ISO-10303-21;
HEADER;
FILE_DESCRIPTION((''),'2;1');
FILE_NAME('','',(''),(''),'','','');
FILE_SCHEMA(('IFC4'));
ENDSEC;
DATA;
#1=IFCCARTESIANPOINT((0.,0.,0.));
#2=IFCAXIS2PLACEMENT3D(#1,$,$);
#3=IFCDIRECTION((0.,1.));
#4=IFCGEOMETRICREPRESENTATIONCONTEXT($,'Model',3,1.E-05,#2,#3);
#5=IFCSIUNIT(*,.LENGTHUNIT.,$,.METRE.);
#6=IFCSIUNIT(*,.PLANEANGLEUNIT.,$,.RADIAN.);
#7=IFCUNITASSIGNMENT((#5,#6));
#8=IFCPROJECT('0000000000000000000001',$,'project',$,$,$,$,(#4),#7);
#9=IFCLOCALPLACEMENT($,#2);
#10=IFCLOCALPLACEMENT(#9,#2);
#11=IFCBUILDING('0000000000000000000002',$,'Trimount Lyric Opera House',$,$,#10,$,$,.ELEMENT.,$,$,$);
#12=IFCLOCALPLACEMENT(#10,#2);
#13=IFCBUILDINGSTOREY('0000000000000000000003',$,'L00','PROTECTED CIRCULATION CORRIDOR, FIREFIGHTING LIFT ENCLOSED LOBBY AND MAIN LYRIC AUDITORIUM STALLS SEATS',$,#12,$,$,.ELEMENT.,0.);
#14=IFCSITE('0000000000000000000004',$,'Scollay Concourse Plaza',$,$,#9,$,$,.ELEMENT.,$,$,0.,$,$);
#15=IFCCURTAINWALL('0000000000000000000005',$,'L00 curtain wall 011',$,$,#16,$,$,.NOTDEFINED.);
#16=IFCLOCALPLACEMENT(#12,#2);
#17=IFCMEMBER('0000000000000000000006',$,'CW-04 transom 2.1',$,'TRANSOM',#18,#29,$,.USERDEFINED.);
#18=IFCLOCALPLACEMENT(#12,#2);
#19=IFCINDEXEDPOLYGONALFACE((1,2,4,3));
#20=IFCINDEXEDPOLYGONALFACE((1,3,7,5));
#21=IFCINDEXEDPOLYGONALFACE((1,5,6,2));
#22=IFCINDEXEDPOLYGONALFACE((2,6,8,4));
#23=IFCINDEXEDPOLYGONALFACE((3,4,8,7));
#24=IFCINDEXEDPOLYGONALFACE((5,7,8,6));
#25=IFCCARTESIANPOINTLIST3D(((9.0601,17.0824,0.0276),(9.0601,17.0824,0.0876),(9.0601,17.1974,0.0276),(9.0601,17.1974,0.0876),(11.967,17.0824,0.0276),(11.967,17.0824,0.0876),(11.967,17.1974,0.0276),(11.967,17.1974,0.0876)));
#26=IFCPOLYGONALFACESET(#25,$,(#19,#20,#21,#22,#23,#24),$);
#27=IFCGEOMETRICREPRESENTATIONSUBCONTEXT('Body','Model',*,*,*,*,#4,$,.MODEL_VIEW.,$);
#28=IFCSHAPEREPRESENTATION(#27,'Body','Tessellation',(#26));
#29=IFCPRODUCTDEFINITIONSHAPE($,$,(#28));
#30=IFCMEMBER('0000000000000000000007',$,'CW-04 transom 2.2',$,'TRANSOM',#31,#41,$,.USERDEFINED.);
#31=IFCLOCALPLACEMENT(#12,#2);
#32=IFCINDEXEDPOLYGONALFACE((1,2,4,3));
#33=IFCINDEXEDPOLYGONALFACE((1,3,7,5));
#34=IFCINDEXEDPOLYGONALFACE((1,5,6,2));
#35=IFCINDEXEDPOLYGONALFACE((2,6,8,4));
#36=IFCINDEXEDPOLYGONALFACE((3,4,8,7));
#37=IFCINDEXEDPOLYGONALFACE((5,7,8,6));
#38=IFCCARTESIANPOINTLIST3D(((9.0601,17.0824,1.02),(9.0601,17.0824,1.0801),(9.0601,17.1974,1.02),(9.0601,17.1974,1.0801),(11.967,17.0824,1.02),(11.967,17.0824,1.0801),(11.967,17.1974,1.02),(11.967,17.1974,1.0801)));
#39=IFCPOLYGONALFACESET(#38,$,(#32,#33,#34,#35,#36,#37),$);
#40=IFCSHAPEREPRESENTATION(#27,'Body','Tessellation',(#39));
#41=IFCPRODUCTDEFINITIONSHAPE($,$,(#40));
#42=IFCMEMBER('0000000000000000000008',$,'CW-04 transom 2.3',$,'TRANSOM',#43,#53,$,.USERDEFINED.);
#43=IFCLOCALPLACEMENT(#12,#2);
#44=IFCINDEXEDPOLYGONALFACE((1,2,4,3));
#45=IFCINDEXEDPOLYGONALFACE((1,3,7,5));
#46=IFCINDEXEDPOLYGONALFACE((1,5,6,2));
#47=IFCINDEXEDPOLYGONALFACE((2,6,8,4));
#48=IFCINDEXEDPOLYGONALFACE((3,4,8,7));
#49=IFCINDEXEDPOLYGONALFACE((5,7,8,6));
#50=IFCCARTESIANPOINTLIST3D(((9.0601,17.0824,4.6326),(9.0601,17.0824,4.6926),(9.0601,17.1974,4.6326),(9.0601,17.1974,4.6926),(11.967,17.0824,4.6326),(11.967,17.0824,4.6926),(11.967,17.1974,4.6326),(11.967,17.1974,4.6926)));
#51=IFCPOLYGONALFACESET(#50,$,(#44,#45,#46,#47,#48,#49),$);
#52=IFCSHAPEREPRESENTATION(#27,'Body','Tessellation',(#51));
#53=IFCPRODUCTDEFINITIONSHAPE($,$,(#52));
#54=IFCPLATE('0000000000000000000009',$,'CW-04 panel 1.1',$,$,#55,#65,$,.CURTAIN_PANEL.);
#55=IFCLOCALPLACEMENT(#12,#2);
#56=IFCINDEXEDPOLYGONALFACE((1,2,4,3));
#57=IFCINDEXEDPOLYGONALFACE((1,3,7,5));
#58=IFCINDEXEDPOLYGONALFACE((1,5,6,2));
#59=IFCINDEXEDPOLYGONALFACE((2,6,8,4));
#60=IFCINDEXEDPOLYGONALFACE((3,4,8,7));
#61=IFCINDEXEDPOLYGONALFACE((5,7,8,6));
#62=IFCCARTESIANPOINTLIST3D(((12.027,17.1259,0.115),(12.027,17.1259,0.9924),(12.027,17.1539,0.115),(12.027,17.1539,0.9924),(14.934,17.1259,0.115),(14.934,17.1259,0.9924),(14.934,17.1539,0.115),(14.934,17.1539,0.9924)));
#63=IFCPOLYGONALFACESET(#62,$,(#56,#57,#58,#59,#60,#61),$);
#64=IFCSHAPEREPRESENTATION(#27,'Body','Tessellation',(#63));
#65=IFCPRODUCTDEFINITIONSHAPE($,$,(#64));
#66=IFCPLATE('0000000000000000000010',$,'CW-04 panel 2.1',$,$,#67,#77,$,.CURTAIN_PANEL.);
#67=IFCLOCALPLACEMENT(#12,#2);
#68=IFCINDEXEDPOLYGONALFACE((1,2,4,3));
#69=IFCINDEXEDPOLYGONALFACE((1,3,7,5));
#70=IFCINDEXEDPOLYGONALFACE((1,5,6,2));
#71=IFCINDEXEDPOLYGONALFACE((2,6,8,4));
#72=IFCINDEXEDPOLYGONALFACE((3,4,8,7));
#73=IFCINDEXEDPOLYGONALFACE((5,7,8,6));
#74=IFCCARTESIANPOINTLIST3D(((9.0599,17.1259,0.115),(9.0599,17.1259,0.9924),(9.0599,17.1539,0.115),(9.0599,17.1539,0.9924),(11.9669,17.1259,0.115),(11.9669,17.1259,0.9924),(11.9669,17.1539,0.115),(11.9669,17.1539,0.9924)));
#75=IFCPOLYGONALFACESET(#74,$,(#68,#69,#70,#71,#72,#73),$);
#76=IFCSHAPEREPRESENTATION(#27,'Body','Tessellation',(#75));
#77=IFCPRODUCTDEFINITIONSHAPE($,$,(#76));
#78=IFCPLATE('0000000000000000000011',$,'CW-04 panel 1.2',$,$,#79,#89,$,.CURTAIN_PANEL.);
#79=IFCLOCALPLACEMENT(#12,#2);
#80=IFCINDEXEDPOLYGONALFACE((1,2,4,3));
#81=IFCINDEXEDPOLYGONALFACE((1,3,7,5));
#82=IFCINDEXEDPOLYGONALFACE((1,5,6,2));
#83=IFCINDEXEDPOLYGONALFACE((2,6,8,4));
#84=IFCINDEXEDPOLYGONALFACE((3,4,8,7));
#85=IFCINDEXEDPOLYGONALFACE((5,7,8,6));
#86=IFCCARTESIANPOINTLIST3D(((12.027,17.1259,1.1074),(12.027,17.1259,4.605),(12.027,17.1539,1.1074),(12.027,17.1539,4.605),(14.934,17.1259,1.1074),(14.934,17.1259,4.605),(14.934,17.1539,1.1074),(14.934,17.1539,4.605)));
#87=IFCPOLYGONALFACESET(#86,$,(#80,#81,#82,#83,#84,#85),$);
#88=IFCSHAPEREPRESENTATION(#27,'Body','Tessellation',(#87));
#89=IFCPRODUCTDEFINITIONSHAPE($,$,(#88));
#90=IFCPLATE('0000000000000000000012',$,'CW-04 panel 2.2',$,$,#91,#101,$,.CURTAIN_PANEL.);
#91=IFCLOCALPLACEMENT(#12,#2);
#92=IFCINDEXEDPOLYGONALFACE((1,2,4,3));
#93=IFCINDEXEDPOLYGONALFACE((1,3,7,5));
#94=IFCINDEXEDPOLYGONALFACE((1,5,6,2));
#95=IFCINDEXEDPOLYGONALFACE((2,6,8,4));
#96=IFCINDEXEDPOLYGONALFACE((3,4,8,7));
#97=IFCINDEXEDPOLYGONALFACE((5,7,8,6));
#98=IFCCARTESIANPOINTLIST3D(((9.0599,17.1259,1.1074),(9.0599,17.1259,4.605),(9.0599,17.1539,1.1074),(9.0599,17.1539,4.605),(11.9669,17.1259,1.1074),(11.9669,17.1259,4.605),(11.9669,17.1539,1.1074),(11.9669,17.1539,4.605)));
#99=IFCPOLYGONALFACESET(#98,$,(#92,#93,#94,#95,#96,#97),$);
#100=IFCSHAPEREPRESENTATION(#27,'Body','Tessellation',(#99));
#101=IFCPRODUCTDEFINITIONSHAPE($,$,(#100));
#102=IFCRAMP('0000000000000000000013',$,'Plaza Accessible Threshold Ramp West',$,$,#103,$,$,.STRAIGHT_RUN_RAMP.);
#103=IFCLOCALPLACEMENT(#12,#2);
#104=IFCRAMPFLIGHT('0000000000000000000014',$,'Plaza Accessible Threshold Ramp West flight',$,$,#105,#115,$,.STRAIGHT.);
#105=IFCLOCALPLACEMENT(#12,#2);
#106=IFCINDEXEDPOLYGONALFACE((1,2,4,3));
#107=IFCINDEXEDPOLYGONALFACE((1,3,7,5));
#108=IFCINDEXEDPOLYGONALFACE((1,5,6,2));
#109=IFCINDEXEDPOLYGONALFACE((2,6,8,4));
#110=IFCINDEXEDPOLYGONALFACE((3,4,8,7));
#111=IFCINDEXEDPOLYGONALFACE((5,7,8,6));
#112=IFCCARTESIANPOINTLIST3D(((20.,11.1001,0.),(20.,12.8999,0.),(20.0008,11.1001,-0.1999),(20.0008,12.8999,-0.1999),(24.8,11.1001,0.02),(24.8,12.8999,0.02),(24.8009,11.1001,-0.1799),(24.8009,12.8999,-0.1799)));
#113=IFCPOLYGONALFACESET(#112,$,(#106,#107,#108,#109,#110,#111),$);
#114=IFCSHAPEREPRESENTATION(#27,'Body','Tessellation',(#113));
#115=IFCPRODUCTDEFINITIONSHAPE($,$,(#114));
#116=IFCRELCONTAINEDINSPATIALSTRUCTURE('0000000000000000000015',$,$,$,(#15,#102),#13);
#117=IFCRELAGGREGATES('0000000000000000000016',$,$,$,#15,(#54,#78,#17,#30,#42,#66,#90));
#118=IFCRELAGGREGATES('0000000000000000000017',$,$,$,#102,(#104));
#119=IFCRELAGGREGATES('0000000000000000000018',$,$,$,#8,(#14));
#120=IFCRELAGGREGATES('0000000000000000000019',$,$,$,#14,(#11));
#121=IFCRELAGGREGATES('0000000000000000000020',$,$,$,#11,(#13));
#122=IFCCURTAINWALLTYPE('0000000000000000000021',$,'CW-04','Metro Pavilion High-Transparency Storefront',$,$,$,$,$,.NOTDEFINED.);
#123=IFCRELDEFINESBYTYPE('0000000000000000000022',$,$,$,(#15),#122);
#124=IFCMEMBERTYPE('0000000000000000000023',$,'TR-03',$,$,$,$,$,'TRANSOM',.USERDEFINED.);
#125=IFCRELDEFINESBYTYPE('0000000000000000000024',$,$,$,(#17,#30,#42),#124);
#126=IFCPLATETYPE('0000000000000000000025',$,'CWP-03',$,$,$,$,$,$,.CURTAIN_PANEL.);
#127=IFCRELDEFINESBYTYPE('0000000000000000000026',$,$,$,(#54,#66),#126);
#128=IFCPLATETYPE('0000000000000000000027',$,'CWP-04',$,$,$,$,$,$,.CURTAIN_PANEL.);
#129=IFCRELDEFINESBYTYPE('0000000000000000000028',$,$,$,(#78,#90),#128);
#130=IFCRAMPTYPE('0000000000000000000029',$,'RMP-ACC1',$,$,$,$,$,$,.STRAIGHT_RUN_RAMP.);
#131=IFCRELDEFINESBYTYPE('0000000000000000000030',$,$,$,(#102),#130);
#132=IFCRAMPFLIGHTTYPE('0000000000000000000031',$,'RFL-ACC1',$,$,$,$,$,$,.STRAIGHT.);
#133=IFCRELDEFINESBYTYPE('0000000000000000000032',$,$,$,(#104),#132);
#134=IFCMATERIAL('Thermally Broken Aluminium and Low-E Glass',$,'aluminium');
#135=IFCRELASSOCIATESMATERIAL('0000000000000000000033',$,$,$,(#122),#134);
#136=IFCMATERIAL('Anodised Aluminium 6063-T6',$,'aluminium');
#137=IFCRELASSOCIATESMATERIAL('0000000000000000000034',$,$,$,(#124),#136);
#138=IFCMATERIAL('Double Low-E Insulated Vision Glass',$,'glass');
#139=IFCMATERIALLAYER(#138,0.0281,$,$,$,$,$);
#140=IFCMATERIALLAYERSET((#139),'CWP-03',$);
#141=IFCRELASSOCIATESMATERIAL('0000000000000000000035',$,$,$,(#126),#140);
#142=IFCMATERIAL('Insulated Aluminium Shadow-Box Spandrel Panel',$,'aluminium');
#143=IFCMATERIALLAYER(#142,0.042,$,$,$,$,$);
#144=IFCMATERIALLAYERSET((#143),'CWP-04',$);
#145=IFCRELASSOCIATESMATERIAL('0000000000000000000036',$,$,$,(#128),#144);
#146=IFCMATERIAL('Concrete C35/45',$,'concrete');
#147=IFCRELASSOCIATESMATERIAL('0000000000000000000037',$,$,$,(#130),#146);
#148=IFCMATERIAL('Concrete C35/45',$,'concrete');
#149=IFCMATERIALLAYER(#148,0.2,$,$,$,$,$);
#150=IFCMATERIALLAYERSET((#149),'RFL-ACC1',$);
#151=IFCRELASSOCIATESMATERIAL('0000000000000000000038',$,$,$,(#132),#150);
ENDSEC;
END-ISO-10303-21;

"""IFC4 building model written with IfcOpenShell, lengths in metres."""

from ifc_helpers import new_model, si_unit, direction, frame, origin, origin_2d, place, context, subcontext, project, spatial, polyline, rectangle, outline, extrude, material, layer, layer_set, material_profile, profile_set, type_object, element, aggregate, save


model = new_model("IFC4")

# Units and contexts
model_context = context("Model", 3, precision=1e-05, world=origin(), true_north=direction((0.0, 1.0)))
body_context = subcontext(model_context, "Body", "Model", "MODEL_VIEW")
ifc_project = project(units=[si_unit("LENGTHUNIT", "METRE"), si_unit("PLANEANGLEUNIT", "RADIAN")], contexts=[model_context])

# Site, building, storey
site_placement = place(None, origin())
site = spatial("IfcSite", under=ifc_project, at=site_placement, Name="Scollay Concourse Plaza", CompositionType="ELEMENT", RefElevation=0.0)
building_placement = place(site_placement, origin())
building = spatial("IfcBuilding", under=site, at=building_placement, Name="Trimount Lyric Opera House", CompositionType="ELEMENT")
storey_placement = place(building_placement, origin())
storey = spatial("IfcBuildingStorey", under=building, at=storey_placement, Name="L00", Description="PROTECTED CIRCULATION CORRIDOR, FIREFIGHTING LIFT ENCLOSED LOBBY AND MAIN LYRIC AUDITORIUM STALLS SEATS", CompositionType="ELEMENT", Elevation=0.0)

# Shared definitions
ifc_material_1 = material(Name="Thermally Broken Aluminium and Low-E Glass", Category="aluminium")
curtain_wall_type = type_object("IfcCurtainWallType", Name="CW-04", Description="Metro Pavilion High-Transparency Storefront", PredefinedType="NOTDEFINED", material=ifc_material_1)

# Curtain wall
curtain_wall_1_placement = place(storey_placement, origin())
curtain_wall_1 = element("IfcCurtainWall", 1, at=curtain_wall_1_placement, inside=storey, type_object=curtain_wall_type, Name="L00 curtain wall 011", PredefinedType="NOTDEFINED")

# Members
ifc_material_2 = material(Name="Anodised Aluminium 6063-T6", Category="aluminium")
ifc_material_profile_1 = material_profile(ifc_material_2, rectangle(XDim=0.115, YDim=0.0601, at=origin_2d()), Name="ALU-TRAN-60X115")
ifc_profile_set_1 = profile_set([ifc_material_profile_1], Name="Anodised Aluminium 6063-T6")
member_type_1 = type_object("IfcMemberType", Name="TR-03", ElementType="TRANSOM", PredefinedType="USERDEFINED", material=ifc_profile_set_1)
member_1_placement = place(storey_placement, frame((11.967, 17.1399, 0.0576), z_axis=(-1.0, 0.0, 0.0), x_axis=(0.0, -1.0, 0.0)))
member_1 = element("IfcMember", 2, at=member_1_placement, type_object=member_type_1, Name="CW-04 transom 2.1", ObjectType="TRANSOM", PredefinedType="USERDEFINED", context=body_context, shape_type="SweptSolid", body=[
    extrude(rectangle(XDim=0.115, YDim=0.0601, at=origin_2d()), origin(), (0.0, 0.0, 1.0), 2.907),
])
member_2_placement = place(storey_placement, frame((11.967, 17.1399, 1.05), z_axis=(-1.0, 0.0, 0.0), x_axis=(0.0, -1.0, 0.0)))
member_2 = element("IfcMember", 3, at=member_2_placement, type_object=member_type_1, Name="CW-04 transom 2.2", ObjectType="TRANSOM", PredefinedType="USERDEFINED", context=body_context, shape_type="SweptSolid", body=[
    extrude(rectangle(XDim=0.115, YDim=0.0601, at=origin_2d()), origin(), (0.0, 0.0, 1.0), 2.907),
])
member_3_placement = place(storey_placement, frame((11.967, 17.1399, 4.6626), z_axis=(-1.0, 0.0, 0.0), x_axis=(0.0, -1.0, 0.0)))
member_3 = element("IfcMember", 4, at=member_3_placement, type_object=member_type_1, Name="CW-04 transom 2.3", ObjectType="TRANSOM", PredefinedType="USERDEFINED", context=body_context, shape_type="SweptSolid", body=[
    extrude(rectangle(XDim=0.115, YDim=0.0601, at=origin_2d()), origin(), (0.0, 0.0, 1.0), 2.907),
])

# Plates
ifc_material_3 = material(Name="Double Low-E Insulated Vision Glass", Category="glass")
ifc_layer_1 = layer(ifc_material_3, 0.0281)
ifc_layer_set_1 = layer_set([ifc_layer_1], Name="CWP-03")
plate_type_1 = type_object("IfcPlateType", Name="CWP-03", PredefinedType="CURTAIN_PANEL", material=ifc_layer_set_1)
plate_1_placement = place(storey_placement, frame((13.4805, 17.1399, 0.115), z_axis=(0.0, 0.0, 1.0), x_axis=(-1.0, 0.0, 0.0)))
plate_1 = element("IfcPlate", 5, at=plate_1_placement, type_object=plate_type_1, Name="CW-04 panel 1.1", PredefinedType="CURTAIN_PANEL", context=body_context, shape_type="SweptSolid", body=[
    extrude(rectangle(XDim=2.907, YDim=0.0281, at=origin_2d()), origin(), (0.0, 0.0, 1.0), 0.8774),
])
plate_2_placement = place(storey_placement, frame((10.5134, 17.1399, 0.115), z_axis=(0.0, 0.0, 1.0), x_axis=(-1.0, 0.0, 0.0)))
plate_2 = element("IfcPlate", 6, at=plate_2_placement, type_object=plate_type_1, Name="CW-04 panel 2.1", PredefinedType="CURTAIN_PANEL", context=body_context, shape_type="SweptSolid", body=[
    extrude(rectangle(XDim=2.907, YDim=0.0281, at=origin_2d()), origin(), (0.0, 0.0, 1.0), 0.8774),
])
ifc_material_4 = material(Name="Insulated Aluminium Shadow-Box Spandrel Panel", Category="aluminium")
ifc_layer_2 = layer(ifc_material_4, 0.042)
ifc_layer_set_2 = layer_set([ifc_layer_2], Name="CWP-04")
plate_type_2 = type_object("IfcPlateType", Name="CWP-04", PredefinedType="CURTAIN_PANEL", material=ifc_layer_set_2)
plate_3_placement = place(storey_placement, frame((13.4805, 17.1399, 1.1074), z_axis=(0.0, 0.0, 1.0), x_axis=(-1.0, 0.0, 0.0)))
plate_3 = element("IfcPlate", 7, at=plate_3_placement, type_object=plate_type_2, Name="CW-04 panel 1.2", PredefinedType="CURTAIN_PANEL", context=body_context, shape_type="SweptSolid", body=[
    extrude(rectangle(XDim=2.907, YDim=0.0281, at=origin_2d()), origin(), (0.0, 0.0, 1.0), 3.4976),
])
plate_4_placement = place(storey_placement, frame((10.5134, 17.1399, 1.1074), z_axis=(0.0, 0.0, 1.0), x_axis=(-1.0, 0.0, 0.0)))
plate_4 = element("IfcPlate", 8, at=plate_4_placement, type_object=plate_type_2, Name="CW-04 panel 2.2", PredefinedType="CURTAIN_PANEL", context=body_context, shape_type="SweptSolid", body=[
    extrude(rectangle(XDim=2.907, YDim=0.0281, at=origin_2d()), origin(), (0.0, 0.0, 1.0), 3.4976),
])
aggregate(curtain_wall_1, [plate_1, plate_3, member_1, member_2, member_3, plate_2, plate_4])

# Ramp, ramp flight
ifc_material_5 = material(Name="Concrete C35/45", Category="concrete")
ramp_type = type_object("IfcRampType", Name="RMP-ACC1", PredefinedType="STRAIGHT_RUN_RAMP", material=ifc_material_5)
ramp_placement = place(storey_placement, origin())
ramp = element("IfcRamp", 9, at=ramp_placement, inside=storey, type_object=ramp_type, Name="Plaza Accessible Threshold Ramp West", PredefinedType="STRAIGHT_RUN_RAMP")
ifc_material_6 = material(Name="Concrete C35/45", Category="concrete")
ifc_layer_3 = layer(ifc_material_6, 0.2)
ifc_layer_set_3 = layer_set([ifc_layer_3], Name="RFL-ACC1")
ramp_flight_type = type_object("IfcRampFlightType", Name="RFL-ACC1", PredefinedType="STRAIGHT", material=ifc_layer_set_3)
ramp_flight_placement = place(storey_placement, frame((20.0, 11.1001, 0.0), z_axis=(-0.004171, 0.0, 0.999991), x_axis=(0.999991, 0.0, 0.004171)))
ramp_flight = element("IfcRampFlight", 10, at=ramp_flight_placement, type_object=ramp_flight_type, Name="Plaza Accessible Threshold Ramp West flight", PredefinedType="STRAIGHT", context=body_context, shape_type="SweptSolid", body=[
    extrude(outline(polyline([(0.0, 0.0), (4.8001, 0.0), (4.8001, 1.7998), (0.0, 1.7998), (0.0, 0.0)])), origin(), (0.0, 0.0, -1.0), 0.2),
])
aggregate(ramp, [ramp_flight])

save(model, "model.ifc")
